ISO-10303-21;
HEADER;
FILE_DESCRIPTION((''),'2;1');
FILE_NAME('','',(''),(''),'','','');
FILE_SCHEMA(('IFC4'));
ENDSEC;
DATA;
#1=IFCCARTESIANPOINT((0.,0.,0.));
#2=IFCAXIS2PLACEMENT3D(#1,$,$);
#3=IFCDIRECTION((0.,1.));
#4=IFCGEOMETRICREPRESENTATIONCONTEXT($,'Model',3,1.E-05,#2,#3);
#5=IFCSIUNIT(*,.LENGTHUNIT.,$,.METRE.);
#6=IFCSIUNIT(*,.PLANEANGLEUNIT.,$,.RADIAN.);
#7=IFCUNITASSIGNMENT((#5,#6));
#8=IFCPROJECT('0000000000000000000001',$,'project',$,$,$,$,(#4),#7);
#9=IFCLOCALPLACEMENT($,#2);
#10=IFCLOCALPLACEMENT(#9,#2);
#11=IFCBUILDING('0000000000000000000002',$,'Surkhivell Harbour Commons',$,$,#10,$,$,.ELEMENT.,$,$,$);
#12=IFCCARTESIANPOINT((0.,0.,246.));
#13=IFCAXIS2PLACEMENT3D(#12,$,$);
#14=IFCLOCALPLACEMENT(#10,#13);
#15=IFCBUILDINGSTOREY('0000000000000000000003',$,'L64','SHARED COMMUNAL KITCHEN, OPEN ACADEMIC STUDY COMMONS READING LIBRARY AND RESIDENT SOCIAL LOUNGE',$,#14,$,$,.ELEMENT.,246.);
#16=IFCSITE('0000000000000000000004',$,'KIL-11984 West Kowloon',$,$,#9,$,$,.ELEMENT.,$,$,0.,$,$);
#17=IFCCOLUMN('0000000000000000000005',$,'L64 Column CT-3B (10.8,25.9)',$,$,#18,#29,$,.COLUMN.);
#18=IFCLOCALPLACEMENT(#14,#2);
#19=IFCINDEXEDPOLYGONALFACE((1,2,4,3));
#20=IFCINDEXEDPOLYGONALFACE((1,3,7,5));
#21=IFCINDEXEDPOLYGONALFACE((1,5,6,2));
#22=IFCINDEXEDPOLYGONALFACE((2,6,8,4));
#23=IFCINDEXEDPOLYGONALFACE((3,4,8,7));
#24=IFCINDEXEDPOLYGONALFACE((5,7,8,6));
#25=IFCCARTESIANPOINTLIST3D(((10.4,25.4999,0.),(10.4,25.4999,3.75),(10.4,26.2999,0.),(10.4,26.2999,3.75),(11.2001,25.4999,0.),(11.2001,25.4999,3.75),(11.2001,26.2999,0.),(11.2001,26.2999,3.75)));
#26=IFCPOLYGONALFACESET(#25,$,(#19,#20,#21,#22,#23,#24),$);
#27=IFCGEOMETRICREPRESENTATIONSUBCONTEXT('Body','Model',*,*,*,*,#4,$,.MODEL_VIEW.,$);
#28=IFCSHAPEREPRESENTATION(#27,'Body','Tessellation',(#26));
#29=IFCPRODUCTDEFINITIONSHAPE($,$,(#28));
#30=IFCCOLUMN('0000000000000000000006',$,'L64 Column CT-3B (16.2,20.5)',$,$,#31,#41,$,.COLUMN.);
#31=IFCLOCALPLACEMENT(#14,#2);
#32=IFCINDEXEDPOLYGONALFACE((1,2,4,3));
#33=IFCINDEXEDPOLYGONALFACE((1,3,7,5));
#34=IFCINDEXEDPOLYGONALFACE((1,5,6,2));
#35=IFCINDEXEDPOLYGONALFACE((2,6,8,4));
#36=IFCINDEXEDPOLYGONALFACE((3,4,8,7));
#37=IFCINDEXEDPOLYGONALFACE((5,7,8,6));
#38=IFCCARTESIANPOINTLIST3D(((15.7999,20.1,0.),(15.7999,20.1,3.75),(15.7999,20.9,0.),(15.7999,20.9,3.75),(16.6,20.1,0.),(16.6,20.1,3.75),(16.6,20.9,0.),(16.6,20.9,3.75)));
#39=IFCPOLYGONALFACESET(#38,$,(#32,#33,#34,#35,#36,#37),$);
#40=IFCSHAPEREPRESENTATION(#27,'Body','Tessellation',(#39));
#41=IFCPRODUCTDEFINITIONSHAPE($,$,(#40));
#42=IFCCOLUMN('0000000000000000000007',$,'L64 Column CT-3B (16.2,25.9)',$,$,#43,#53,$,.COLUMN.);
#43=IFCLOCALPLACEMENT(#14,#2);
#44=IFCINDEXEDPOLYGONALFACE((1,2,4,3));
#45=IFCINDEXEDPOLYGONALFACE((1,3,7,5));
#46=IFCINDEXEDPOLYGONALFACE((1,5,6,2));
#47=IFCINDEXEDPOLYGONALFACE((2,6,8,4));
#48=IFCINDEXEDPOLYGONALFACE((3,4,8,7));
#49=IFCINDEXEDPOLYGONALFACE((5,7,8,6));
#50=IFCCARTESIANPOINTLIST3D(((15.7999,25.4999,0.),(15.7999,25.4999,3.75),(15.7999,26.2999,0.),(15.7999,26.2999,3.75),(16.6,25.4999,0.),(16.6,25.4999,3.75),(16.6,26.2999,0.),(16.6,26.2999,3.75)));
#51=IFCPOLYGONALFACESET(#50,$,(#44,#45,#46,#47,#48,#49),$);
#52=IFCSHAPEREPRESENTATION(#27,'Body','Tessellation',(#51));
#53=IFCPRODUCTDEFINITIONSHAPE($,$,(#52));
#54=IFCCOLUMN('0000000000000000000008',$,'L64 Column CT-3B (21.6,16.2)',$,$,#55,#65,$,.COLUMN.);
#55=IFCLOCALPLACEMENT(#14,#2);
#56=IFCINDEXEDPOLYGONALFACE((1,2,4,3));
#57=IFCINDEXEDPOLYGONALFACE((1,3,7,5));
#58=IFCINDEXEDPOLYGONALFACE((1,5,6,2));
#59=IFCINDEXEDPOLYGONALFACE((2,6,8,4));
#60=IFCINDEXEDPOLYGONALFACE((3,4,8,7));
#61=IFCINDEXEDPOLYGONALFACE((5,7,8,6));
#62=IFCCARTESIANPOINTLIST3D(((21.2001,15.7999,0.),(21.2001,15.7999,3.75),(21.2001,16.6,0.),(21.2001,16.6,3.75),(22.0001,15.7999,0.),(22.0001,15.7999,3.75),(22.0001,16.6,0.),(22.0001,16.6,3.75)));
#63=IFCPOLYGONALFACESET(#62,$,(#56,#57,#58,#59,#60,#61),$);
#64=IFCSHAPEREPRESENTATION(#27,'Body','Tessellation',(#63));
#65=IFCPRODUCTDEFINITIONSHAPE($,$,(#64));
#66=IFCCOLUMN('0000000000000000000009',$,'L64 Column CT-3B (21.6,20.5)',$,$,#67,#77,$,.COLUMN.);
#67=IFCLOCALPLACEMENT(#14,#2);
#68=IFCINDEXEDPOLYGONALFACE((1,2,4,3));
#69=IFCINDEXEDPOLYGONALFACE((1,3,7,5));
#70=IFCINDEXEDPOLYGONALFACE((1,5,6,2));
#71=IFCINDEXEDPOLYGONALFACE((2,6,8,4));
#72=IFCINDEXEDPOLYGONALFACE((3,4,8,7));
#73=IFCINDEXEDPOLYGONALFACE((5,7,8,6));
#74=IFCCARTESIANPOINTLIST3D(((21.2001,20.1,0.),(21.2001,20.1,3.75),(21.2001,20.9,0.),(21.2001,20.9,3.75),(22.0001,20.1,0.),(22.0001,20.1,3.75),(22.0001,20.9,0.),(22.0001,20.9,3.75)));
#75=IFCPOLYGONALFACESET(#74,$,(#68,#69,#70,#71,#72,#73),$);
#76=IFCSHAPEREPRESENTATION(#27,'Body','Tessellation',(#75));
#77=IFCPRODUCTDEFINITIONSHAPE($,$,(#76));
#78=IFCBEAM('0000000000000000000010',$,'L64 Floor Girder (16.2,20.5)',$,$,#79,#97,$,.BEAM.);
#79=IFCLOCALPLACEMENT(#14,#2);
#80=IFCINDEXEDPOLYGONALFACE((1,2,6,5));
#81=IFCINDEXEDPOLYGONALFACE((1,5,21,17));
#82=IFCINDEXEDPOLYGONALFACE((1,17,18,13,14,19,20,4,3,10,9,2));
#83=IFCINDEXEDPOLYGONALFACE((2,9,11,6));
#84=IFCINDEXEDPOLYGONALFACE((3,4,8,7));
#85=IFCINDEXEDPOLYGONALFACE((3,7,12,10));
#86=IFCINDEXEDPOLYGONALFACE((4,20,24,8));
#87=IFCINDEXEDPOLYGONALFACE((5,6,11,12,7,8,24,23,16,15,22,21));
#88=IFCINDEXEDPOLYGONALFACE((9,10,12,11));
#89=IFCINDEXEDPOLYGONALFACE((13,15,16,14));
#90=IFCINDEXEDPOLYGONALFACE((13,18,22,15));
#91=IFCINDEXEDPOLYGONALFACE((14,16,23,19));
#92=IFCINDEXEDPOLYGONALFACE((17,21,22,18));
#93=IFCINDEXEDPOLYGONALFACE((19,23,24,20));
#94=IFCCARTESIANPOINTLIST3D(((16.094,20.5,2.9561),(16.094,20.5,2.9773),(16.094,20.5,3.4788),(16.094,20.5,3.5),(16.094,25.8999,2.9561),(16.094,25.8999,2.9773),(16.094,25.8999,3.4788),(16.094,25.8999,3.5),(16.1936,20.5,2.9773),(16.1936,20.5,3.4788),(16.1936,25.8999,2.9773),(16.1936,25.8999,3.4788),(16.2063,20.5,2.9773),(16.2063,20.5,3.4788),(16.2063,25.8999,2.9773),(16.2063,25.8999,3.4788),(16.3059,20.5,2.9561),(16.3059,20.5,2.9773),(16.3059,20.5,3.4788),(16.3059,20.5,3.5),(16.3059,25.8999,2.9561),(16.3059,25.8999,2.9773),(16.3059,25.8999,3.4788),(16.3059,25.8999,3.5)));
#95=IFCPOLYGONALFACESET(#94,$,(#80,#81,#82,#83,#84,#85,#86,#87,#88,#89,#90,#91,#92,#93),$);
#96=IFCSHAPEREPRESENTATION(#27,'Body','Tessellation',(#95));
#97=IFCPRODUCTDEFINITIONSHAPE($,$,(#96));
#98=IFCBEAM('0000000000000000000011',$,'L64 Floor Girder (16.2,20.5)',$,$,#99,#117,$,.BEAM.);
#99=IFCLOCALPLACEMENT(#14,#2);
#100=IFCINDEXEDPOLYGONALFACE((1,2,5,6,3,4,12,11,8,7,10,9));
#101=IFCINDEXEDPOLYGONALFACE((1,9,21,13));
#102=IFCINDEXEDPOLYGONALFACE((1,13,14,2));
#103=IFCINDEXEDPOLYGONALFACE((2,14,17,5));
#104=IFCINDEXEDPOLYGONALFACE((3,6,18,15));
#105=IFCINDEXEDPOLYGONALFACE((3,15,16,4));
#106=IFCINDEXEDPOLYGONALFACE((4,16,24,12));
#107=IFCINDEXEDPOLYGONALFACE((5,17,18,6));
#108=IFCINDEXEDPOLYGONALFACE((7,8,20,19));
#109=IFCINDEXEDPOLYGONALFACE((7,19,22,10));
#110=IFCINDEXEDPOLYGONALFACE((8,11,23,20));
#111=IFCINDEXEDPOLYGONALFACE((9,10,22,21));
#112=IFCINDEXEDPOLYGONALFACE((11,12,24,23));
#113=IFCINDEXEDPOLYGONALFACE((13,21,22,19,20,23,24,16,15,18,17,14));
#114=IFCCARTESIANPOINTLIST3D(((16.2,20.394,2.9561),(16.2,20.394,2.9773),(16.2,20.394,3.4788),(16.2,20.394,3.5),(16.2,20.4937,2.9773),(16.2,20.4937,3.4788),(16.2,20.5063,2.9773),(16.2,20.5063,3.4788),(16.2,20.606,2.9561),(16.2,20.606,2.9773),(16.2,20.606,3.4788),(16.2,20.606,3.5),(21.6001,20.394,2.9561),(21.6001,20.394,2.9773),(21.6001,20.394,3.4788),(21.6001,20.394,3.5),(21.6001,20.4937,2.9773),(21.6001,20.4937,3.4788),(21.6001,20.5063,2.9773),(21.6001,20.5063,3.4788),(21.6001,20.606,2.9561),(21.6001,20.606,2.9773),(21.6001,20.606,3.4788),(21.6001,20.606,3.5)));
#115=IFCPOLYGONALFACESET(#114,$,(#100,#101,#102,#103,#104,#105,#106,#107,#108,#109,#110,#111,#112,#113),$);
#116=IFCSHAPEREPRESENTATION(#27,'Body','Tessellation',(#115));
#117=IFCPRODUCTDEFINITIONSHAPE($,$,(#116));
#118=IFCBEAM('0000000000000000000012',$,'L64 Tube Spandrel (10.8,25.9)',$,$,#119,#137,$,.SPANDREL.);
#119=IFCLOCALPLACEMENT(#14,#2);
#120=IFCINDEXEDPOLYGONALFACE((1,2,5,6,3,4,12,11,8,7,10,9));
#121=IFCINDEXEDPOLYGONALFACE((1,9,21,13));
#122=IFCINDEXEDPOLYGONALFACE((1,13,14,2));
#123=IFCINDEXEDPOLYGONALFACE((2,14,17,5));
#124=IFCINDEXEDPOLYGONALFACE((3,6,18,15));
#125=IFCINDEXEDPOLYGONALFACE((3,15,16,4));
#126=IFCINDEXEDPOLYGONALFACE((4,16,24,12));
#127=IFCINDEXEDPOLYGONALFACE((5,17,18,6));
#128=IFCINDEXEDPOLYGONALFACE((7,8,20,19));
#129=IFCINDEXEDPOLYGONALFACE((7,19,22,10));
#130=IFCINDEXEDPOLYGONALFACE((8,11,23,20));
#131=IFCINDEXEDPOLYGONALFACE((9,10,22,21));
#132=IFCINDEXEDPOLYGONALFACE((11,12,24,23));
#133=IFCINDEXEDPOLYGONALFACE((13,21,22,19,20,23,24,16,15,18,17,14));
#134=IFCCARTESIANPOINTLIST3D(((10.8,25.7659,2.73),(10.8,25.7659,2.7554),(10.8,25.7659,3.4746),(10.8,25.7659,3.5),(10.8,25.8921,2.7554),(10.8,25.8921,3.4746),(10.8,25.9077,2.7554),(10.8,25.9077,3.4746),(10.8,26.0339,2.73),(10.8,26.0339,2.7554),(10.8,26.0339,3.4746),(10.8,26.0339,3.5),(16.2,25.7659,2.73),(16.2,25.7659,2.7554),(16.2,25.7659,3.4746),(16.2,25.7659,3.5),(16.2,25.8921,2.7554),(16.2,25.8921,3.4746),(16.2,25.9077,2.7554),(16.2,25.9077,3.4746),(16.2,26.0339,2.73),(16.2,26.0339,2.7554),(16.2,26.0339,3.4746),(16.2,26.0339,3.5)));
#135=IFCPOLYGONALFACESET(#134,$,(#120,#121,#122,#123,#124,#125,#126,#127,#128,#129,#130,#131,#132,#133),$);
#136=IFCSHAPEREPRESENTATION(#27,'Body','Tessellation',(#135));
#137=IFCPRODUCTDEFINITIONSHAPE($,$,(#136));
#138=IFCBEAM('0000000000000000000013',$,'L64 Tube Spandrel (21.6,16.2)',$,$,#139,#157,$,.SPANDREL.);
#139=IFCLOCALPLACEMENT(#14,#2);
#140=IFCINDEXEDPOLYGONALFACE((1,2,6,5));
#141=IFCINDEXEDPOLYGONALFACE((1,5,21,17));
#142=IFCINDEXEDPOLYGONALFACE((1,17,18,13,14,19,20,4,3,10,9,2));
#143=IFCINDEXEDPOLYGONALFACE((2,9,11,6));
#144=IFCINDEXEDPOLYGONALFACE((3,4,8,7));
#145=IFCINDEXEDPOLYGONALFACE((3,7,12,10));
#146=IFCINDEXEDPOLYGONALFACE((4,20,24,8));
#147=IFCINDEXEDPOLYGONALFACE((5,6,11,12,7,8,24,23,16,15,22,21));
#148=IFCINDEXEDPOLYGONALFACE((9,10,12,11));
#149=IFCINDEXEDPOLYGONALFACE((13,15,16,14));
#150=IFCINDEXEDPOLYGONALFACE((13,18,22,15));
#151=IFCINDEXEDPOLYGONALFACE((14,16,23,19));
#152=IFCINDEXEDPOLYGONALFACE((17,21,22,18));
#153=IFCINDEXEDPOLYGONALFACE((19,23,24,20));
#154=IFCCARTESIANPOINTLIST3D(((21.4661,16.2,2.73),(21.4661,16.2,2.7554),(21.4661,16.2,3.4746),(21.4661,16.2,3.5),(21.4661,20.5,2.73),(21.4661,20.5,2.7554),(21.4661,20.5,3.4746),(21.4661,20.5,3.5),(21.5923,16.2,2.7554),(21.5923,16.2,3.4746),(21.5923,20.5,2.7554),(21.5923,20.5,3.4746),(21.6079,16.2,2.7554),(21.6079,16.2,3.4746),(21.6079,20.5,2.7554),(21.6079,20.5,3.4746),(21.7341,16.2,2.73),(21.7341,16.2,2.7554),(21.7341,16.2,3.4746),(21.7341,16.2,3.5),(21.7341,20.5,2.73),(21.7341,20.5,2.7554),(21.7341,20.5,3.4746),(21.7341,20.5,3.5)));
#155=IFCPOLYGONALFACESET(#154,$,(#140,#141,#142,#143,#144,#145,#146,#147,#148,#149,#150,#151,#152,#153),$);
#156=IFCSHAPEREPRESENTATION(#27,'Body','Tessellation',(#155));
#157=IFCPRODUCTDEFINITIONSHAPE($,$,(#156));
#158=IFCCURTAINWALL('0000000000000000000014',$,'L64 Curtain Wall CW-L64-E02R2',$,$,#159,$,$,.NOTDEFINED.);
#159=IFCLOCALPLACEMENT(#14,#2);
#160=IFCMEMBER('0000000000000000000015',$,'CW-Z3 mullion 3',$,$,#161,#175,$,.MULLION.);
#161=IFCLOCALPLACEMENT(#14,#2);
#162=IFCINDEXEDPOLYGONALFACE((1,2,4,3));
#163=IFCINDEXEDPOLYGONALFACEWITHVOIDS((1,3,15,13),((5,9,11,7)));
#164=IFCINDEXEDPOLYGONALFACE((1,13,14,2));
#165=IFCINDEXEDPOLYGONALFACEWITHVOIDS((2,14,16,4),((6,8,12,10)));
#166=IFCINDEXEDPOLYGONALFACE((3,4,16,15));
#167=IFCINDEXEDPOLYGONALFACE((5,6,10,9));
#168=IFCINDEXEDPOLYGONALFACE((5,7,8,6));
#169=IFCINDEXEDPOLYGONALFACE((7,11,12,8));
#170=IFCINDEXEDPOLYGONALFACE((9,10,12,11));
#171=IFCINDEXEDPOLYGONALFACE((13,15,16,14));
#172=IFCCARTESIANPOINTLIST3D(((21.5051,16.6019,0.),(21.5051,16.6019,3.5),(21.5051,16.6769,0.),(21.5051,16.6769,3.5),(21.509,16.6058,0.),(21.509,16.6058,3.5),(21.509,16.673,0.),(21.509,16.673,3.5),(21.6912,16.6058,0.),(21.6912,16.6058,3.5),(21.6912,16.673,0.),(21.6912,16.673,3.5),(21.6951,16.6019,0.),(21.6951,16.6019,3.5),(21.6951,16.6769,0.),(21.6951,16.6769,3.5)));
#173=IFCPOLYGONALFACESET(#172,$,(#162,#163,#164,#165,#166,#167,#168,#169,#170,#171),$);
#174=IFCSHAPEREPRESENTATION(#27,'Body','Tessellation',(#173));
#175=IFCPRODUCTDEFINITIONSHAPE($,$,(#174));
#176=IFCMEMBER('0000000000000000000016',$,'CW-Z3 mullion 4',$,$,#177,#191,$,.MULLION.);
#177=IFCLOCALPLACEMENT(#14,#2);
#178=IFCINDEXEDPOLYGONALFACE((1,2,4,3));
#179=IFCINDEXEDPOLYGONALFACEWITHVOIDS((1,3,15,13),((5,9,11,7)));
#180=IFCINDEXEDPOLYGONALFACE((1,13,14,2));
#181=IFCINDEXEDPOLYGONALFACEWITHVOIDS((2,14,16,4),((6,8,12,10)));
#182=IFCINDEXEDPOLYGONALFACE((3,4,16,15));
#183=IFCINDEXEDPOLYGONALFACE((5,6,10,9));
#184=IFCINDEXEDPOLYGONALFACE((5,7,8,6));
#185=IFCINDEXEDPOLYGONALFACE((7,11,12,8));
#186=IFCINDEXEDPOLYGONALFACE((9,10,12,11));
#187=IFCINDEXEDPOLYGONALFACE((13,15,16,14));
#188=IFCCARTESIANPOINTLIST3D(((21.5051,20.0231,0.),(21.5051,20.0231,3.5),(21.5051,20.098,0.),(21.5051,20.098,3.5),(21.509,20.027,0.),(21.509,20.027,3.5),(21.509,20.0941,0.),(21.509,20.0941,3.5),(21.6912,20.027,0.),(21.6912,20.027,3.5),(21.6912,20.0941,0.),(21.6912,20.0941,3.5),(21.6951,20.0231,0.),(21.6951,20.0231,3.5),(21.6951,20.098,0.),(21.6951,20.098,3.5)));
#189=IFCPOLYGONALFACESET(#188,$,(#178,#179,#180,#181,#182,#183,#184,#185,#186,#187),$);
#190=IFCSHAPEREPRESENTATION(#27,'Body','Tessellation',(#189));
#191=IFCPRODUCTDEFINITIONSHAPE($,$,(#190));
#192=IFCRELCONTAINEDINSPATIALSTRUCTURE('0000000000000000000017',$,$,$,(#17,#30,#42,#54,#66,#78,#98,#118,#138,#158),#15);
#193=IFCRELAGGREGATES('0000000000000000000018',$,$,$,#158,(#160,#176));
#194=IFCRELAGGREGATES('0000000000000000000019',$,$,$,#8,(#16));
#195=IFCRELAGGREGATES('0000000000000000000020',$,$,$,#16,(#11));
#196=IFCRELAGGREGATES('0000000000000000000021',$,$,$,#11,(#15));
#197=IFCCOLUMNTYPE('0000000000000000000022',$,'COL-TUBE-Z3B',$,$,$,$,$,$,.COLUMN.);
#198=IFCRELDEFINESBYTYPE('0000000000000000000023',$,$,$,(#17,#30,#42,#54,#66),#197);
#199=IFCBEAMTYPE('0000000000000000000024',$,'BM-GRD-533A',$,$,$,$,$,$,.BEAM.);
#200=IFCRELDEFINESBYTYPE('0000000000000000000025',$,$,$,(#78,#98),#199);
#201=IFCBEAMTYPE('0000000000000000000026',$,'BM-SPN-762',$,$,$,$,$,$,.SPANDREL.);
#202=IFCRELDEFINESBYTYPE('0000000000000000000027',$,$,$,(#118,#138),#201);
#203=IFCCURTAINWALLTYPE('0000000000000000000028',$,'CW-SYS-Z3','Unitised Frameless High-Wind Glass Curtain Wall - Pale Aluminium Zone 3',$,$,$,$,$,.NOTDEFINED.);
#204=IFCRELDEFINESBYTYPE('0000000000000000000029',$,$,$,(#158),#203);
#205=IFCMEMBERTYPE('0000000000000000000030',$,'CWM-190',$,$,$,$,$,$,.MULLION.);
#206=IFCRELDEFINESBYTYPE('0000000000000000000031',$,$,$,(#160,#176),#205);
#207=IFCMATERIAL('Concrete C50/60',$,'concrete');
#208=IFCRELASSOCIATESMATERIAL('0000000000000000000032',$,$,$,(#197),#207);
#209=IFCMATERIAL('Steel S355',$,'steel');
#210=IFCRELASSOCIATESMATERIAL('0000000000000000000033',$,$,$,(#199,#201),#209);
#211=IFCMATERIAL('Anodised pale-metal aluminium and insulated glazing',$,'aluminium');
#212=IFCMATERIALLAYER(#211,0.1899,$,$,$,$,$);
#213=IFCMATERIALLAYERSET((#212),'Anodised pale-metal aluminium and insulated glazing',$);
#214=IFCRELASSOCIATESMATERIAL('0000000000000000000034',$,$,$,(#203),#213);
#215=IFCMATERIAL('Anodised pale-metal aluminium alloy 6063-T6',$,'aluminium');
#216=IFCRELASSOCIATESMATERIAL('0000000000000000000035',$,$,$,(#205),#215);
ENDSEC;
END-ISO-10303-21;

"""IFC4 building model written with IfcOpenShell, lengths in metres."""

from ifc_helpers import new_model, si_unit, direction, frame, origin, origin_2d, place, context, subcontext, project, spatial, rectangle, hollow_rectangle, i_section, extrude, material, layer, layer_set, material_profile, profile_set, type_object, element, aggregate, save


model = new_model("IFC4")

# Units and contexts
model_context = context("Model", 3, precision=1e-05, world=origin(), true_north=direction((0.0, 1.0)))
body_context = subcontext(model_context, "Body", "Model", "MODEL_VIEW")
ifc_project = project(units=[si_unit("LENGTHUNIT", "METRE"), si_unit("PLANEANGLEUNIT", "RADIAN")], contexts=[model_context])

# Site, building, storey
site_placement = place(None, origin())
site = spatial("IfcSite", under=ifc_project, at=site_placement, Name="KIL-11984 West Kowloon", CompositionType="ELEMENT", RefElevation=0.0)
building_placement = place(site_placement, origin())
building = spatial("IfcBuilding", under=site, at=building_placement, Name="Surkhivell Harbour Commons", CompositionType="ELEMENT")
storey_placement = place(building_placement, frame((0.0, 0.0, 246.0)))
storey = spatial("IfcBuildingStorey", under=building, at=storey_placement, Name="L64", Description="SHARED COMMUNAL KITCHEN, OPEN ACADEMIC STUDY COMMONS READING LIBRARY AND RESIDENT SOCIAL LOUNGE", CompositionType="ELEMENT", Elevation=246.0)

# Columns
ifc_material_1 = material(Name="Concrete C50/60", Category="concrete")
ifc_material_profile_1 = material_profile(ifc_material_1, rectangle(XDim=0.8, YDim=0.8, at=origin_2d()), Name="RC-COL-800x800")
ifc_profile_set_1 = profile_set([ifc_material_profile_1], Name="Concrete C50/60")
column_type = type_object("IfcColumnType", Name="COL-TUBE-Z3B", PredefinedType="COLUMN", material=ifc_profile_set_1)
for number, where, z_axis, x_axis, name in (
    (1, (10.8, 25.8999, 0.0), (0.0, 0.0, 1.0), (1.0, 0.0, 0.0), "L64 Column CT-3B (10.8,25.9)"),
    (2, (16.2, 20.5, 0.0), (0.0, 0.0, 1.0), (1.0, 0.0, 0.0), "L64 Column CT-3B (16.2,20.5)"),
    (3, (16.2, 25.8999, 0.0), (0.0, 0.0, 1.0), (1.0, 0.0, 0.0), "L64 Column CT-3B (16.2,25.9)"),
    (4, (21.6001, 16.2, 0.0), (0.0, 0.0, 1.0), (1.0, 0.0, 0.0), "L64 Column CT-3B (21.6,16.2)"),
    (5, (21.6001, 20.5, 0.0), (0.0, 0.0, 1.0), (1.0, 0.0, 0.0), "L64 Column CT-3B (21.6,20.5)"),
):
    element("IfcColumn", number, at=place(storey_placement, frame(where, z_axis=z_axis, x_axis=x_axis)), inside=storey, type_object=column_type, Name=name, PredefinedType="COLUMN", context=body_context, shape_type="SweptSolid", body=[
        extrude(rectangle(XDim=0.8, YDim=0.8, at=origin_2d()), origin(), (0.0, 0.0, 1.0), 3.75),
    ])

# Beams
ifc_material_2 = material(Name="Steel S355", Category="steel")
ifc_material_profile_2 = material_profile(ifc_material_2, i_section(OverallWidth=0.2119, OverallDepth=0.5439, WebThickness=0.0127, FlangeThickness=0.0212, at=origin_2d()), Name="UB533x210x122")
ifc_profile_set_2 = profile_set([ifc_material_profile_2], Name="Steel S355")
beam_type_1 = type_object("IfcBeamType", Name="BM-GRD-533A", PredefinedType="BEAM", material=ifc_profile_set_2)
beam_1_placement = place(storey_placement, frame((16.2, 20.5, 3.228), z_axis=(0.0, 1.0, 0.0), x_axis=(-1.0, 0.0, 0.0)))
element("IfcBeam", 6, at=beam_1_placement, inside=storey, type_object=beam_type_1, Name="L64 Floor Girder (16.2,20.5)", PredefinedType="BEAM", context=body_context, shape_type="SweptSolid", body=[
    extrude(i_section(OverallWidth=0.2119, OverallDepth=0.5439, WebThickness=0.0127, FlangeThickness=0.0212, at=origin_2d()), origin(), (0.0, 0.0, 1.0), 5.3999),
])
beam_2_placement = place(storey_placement, frame((16.2, 20.5, 3.228), z_axis=(1.0, 0.0, 0.0), x_axis=(0.0, 1.0, 0.0)))
element("IfcBeam", 7, at=beam_2_placement, inside=storey, type_object=beam_type_1, Name="L64 Floor Girder (16.2,20.5)", PredefinedType="BEAM", context=body_context, shape_type="SweptSolid", body=[
    extrude(i_section(OverallWidth=0.2119, OverallDepth=0.5439, WebThickness=0.0127, FlangeThickness=0.0212, at=origin_2d()), origin(), (0.0, 0.0, 1.0), 5.4001),
])
ifc_material_profile_3 = material_profile(ifc_material_2, i_section(OverallWidth=0.2681, OverallDepth=0.77, WebThickness=0.0156, FlangeThickness=0.0254, at=origin_2d()), Name="UB762x267x197")
ifc_profile_set_3 = profile_set([ifc_material_profile_3], Name="Steel S355")
beam_type_2 = type_object("IfcBeamType", Name="BM-SPN-762", PredefinedType="SPANDREL", material=ifc_profile_set_3)
beam_3_placement = place(storey_placement, frame((10.8, 25.8999, 3.115), z_axis=(1.0, 0.0, 0.0), x_axis=(0.0, 1.0, 0.0)))
element("IfcBeam", 8, at=beam_3_placement, inside=storey, type_object=beam_type_2, Name="L64 Tube Spandrel (10.8,25.9)", PredefinedType="SPANDREL", context=body_context, shape_type="SweptSolid", body=[
    extrude(i_section(OverallWidth=0.2681, OverallDepth=0.77, WebThickness=0.0156, FlangeThickness=0.0254, at=origin_2d()), origin(), (0.0, 0.0, 1.0), 5.3999),
])
beam_4_placement = place(storey_placement, frame((21.6001, 16.2, 3.115), z_axis=(0.0, 1.0, 0.0), x_axis=(-1.0, 0.0, 0.0)))
element("IfcBeam", 9, at=beam_4_placement, inside=storey, type_object=beam_type_2, Name="L64 Tube Spandrel (21.6,16.2)", PredefinedType="SPANDREL", context=body_context, shape_type="SweptSolid", body=[
    extrude(i_section(OverallWidth=0.2681, OverallDepth=0.77, WebThickness=0.0156, FlangeThickness=0.0254, at=origin_2d()), origin(), (0.0, 0.0, 1.0), 4.3),
])

# Curtain wall, members
ifc_material_3 = material(Name="Anodised pale-metal aluminium and insulated glazing", Category="aluminium")
ifc_layer_1 = layer(ifc_material_3, 0.1899)
ifc_layer_set_1 = layer_set([ifc_layer_1], Name="Anodised pale-metal aluminium and insulated glazing")
curtain_wall_type = type_object("IfcCurtainWallType", Name="CW-SYS-Z3", Description="Unitised Frameless High-Wind Glass Curtain Wall - Pale Aluminium Zone 3", PredefinedType="NOTDEFINED", material=ifc_layer_set_1)
curtain_wall_1_placement = place(storey_placement, origin())
curtain_wall_1 = element("IfcCurtainWall", 10, at=curtain_wall_1_placement, inside=storey, type_object=curtain_wall_type, Name="L64 Curtain Wall CW-L64-E02R2", PredefinedType="NOTDEFINED")
ifc_material_4 = material(Name="Anodised pale-metal aluminium alloy 6063-T6", Category="aluminium")
ifc_material_profile_4 = material_profile(ifc_material_4, hollow_rectangle(XDim=0.075, YDim=0.1899, WallThickness=0.0039, at=origin_2d()), Name="ALU-MULL-75x190")
ifc_profile_set_4 = profile_set([ifc_material_profile_4], Name="Anodised pale-metal aluminium alloy 6063-T6")
member_type_1 = type_object("IfcMemberType", Name="CWM-190", PredefinedType="MULLION", material=ifc_profile_set_4)
member_1_placement = place(storey_placement, frame((21.6001, 16.6394, 0.0), z_axis=(0.0, 0.0, 1.0), x_axis=(0.0, 1.0, 0.0)))
member_1 = element("IfcMember", 11, at=member_1_placement, type_object=member_type_1, Name="CW-Z3 mullion 3", PredefinedType="MULLION", context=body_context, shape_type="SweptSolid", body=[
    extrude(hollow_rectangle(XDim=0.075, YDim=0.1899, WallThickness=0.0039, at=origin_2d()), origin(), (0.0, 0.0, 1.0), 3.5),
])
member_2_placement = place(storey_placement, frame((21.6001, 20.0605, 0.0), z_axis=(0.0, 0.0, 1.0), x_axis=(0.0, 1.0, 0.0)))
member_2 = element("IfcMember", 12, at=member_2_placement, type_object=member_type_1, Name="CW-Z3 mullion 4", PredefinedType="MULLION", context=body_context, shape_type="SweptSolid", body=[
    extrude(hollow_rectangle(XDim=0.075, YDim=0.1899, WallThickness=0.0039, at=origin_2d()), origin(), (0.0, 0.0, 1.0), 3.5),
])

aggregate(curtain_wall_1, [member_1, member_2])

save(model, "model.ifc")
